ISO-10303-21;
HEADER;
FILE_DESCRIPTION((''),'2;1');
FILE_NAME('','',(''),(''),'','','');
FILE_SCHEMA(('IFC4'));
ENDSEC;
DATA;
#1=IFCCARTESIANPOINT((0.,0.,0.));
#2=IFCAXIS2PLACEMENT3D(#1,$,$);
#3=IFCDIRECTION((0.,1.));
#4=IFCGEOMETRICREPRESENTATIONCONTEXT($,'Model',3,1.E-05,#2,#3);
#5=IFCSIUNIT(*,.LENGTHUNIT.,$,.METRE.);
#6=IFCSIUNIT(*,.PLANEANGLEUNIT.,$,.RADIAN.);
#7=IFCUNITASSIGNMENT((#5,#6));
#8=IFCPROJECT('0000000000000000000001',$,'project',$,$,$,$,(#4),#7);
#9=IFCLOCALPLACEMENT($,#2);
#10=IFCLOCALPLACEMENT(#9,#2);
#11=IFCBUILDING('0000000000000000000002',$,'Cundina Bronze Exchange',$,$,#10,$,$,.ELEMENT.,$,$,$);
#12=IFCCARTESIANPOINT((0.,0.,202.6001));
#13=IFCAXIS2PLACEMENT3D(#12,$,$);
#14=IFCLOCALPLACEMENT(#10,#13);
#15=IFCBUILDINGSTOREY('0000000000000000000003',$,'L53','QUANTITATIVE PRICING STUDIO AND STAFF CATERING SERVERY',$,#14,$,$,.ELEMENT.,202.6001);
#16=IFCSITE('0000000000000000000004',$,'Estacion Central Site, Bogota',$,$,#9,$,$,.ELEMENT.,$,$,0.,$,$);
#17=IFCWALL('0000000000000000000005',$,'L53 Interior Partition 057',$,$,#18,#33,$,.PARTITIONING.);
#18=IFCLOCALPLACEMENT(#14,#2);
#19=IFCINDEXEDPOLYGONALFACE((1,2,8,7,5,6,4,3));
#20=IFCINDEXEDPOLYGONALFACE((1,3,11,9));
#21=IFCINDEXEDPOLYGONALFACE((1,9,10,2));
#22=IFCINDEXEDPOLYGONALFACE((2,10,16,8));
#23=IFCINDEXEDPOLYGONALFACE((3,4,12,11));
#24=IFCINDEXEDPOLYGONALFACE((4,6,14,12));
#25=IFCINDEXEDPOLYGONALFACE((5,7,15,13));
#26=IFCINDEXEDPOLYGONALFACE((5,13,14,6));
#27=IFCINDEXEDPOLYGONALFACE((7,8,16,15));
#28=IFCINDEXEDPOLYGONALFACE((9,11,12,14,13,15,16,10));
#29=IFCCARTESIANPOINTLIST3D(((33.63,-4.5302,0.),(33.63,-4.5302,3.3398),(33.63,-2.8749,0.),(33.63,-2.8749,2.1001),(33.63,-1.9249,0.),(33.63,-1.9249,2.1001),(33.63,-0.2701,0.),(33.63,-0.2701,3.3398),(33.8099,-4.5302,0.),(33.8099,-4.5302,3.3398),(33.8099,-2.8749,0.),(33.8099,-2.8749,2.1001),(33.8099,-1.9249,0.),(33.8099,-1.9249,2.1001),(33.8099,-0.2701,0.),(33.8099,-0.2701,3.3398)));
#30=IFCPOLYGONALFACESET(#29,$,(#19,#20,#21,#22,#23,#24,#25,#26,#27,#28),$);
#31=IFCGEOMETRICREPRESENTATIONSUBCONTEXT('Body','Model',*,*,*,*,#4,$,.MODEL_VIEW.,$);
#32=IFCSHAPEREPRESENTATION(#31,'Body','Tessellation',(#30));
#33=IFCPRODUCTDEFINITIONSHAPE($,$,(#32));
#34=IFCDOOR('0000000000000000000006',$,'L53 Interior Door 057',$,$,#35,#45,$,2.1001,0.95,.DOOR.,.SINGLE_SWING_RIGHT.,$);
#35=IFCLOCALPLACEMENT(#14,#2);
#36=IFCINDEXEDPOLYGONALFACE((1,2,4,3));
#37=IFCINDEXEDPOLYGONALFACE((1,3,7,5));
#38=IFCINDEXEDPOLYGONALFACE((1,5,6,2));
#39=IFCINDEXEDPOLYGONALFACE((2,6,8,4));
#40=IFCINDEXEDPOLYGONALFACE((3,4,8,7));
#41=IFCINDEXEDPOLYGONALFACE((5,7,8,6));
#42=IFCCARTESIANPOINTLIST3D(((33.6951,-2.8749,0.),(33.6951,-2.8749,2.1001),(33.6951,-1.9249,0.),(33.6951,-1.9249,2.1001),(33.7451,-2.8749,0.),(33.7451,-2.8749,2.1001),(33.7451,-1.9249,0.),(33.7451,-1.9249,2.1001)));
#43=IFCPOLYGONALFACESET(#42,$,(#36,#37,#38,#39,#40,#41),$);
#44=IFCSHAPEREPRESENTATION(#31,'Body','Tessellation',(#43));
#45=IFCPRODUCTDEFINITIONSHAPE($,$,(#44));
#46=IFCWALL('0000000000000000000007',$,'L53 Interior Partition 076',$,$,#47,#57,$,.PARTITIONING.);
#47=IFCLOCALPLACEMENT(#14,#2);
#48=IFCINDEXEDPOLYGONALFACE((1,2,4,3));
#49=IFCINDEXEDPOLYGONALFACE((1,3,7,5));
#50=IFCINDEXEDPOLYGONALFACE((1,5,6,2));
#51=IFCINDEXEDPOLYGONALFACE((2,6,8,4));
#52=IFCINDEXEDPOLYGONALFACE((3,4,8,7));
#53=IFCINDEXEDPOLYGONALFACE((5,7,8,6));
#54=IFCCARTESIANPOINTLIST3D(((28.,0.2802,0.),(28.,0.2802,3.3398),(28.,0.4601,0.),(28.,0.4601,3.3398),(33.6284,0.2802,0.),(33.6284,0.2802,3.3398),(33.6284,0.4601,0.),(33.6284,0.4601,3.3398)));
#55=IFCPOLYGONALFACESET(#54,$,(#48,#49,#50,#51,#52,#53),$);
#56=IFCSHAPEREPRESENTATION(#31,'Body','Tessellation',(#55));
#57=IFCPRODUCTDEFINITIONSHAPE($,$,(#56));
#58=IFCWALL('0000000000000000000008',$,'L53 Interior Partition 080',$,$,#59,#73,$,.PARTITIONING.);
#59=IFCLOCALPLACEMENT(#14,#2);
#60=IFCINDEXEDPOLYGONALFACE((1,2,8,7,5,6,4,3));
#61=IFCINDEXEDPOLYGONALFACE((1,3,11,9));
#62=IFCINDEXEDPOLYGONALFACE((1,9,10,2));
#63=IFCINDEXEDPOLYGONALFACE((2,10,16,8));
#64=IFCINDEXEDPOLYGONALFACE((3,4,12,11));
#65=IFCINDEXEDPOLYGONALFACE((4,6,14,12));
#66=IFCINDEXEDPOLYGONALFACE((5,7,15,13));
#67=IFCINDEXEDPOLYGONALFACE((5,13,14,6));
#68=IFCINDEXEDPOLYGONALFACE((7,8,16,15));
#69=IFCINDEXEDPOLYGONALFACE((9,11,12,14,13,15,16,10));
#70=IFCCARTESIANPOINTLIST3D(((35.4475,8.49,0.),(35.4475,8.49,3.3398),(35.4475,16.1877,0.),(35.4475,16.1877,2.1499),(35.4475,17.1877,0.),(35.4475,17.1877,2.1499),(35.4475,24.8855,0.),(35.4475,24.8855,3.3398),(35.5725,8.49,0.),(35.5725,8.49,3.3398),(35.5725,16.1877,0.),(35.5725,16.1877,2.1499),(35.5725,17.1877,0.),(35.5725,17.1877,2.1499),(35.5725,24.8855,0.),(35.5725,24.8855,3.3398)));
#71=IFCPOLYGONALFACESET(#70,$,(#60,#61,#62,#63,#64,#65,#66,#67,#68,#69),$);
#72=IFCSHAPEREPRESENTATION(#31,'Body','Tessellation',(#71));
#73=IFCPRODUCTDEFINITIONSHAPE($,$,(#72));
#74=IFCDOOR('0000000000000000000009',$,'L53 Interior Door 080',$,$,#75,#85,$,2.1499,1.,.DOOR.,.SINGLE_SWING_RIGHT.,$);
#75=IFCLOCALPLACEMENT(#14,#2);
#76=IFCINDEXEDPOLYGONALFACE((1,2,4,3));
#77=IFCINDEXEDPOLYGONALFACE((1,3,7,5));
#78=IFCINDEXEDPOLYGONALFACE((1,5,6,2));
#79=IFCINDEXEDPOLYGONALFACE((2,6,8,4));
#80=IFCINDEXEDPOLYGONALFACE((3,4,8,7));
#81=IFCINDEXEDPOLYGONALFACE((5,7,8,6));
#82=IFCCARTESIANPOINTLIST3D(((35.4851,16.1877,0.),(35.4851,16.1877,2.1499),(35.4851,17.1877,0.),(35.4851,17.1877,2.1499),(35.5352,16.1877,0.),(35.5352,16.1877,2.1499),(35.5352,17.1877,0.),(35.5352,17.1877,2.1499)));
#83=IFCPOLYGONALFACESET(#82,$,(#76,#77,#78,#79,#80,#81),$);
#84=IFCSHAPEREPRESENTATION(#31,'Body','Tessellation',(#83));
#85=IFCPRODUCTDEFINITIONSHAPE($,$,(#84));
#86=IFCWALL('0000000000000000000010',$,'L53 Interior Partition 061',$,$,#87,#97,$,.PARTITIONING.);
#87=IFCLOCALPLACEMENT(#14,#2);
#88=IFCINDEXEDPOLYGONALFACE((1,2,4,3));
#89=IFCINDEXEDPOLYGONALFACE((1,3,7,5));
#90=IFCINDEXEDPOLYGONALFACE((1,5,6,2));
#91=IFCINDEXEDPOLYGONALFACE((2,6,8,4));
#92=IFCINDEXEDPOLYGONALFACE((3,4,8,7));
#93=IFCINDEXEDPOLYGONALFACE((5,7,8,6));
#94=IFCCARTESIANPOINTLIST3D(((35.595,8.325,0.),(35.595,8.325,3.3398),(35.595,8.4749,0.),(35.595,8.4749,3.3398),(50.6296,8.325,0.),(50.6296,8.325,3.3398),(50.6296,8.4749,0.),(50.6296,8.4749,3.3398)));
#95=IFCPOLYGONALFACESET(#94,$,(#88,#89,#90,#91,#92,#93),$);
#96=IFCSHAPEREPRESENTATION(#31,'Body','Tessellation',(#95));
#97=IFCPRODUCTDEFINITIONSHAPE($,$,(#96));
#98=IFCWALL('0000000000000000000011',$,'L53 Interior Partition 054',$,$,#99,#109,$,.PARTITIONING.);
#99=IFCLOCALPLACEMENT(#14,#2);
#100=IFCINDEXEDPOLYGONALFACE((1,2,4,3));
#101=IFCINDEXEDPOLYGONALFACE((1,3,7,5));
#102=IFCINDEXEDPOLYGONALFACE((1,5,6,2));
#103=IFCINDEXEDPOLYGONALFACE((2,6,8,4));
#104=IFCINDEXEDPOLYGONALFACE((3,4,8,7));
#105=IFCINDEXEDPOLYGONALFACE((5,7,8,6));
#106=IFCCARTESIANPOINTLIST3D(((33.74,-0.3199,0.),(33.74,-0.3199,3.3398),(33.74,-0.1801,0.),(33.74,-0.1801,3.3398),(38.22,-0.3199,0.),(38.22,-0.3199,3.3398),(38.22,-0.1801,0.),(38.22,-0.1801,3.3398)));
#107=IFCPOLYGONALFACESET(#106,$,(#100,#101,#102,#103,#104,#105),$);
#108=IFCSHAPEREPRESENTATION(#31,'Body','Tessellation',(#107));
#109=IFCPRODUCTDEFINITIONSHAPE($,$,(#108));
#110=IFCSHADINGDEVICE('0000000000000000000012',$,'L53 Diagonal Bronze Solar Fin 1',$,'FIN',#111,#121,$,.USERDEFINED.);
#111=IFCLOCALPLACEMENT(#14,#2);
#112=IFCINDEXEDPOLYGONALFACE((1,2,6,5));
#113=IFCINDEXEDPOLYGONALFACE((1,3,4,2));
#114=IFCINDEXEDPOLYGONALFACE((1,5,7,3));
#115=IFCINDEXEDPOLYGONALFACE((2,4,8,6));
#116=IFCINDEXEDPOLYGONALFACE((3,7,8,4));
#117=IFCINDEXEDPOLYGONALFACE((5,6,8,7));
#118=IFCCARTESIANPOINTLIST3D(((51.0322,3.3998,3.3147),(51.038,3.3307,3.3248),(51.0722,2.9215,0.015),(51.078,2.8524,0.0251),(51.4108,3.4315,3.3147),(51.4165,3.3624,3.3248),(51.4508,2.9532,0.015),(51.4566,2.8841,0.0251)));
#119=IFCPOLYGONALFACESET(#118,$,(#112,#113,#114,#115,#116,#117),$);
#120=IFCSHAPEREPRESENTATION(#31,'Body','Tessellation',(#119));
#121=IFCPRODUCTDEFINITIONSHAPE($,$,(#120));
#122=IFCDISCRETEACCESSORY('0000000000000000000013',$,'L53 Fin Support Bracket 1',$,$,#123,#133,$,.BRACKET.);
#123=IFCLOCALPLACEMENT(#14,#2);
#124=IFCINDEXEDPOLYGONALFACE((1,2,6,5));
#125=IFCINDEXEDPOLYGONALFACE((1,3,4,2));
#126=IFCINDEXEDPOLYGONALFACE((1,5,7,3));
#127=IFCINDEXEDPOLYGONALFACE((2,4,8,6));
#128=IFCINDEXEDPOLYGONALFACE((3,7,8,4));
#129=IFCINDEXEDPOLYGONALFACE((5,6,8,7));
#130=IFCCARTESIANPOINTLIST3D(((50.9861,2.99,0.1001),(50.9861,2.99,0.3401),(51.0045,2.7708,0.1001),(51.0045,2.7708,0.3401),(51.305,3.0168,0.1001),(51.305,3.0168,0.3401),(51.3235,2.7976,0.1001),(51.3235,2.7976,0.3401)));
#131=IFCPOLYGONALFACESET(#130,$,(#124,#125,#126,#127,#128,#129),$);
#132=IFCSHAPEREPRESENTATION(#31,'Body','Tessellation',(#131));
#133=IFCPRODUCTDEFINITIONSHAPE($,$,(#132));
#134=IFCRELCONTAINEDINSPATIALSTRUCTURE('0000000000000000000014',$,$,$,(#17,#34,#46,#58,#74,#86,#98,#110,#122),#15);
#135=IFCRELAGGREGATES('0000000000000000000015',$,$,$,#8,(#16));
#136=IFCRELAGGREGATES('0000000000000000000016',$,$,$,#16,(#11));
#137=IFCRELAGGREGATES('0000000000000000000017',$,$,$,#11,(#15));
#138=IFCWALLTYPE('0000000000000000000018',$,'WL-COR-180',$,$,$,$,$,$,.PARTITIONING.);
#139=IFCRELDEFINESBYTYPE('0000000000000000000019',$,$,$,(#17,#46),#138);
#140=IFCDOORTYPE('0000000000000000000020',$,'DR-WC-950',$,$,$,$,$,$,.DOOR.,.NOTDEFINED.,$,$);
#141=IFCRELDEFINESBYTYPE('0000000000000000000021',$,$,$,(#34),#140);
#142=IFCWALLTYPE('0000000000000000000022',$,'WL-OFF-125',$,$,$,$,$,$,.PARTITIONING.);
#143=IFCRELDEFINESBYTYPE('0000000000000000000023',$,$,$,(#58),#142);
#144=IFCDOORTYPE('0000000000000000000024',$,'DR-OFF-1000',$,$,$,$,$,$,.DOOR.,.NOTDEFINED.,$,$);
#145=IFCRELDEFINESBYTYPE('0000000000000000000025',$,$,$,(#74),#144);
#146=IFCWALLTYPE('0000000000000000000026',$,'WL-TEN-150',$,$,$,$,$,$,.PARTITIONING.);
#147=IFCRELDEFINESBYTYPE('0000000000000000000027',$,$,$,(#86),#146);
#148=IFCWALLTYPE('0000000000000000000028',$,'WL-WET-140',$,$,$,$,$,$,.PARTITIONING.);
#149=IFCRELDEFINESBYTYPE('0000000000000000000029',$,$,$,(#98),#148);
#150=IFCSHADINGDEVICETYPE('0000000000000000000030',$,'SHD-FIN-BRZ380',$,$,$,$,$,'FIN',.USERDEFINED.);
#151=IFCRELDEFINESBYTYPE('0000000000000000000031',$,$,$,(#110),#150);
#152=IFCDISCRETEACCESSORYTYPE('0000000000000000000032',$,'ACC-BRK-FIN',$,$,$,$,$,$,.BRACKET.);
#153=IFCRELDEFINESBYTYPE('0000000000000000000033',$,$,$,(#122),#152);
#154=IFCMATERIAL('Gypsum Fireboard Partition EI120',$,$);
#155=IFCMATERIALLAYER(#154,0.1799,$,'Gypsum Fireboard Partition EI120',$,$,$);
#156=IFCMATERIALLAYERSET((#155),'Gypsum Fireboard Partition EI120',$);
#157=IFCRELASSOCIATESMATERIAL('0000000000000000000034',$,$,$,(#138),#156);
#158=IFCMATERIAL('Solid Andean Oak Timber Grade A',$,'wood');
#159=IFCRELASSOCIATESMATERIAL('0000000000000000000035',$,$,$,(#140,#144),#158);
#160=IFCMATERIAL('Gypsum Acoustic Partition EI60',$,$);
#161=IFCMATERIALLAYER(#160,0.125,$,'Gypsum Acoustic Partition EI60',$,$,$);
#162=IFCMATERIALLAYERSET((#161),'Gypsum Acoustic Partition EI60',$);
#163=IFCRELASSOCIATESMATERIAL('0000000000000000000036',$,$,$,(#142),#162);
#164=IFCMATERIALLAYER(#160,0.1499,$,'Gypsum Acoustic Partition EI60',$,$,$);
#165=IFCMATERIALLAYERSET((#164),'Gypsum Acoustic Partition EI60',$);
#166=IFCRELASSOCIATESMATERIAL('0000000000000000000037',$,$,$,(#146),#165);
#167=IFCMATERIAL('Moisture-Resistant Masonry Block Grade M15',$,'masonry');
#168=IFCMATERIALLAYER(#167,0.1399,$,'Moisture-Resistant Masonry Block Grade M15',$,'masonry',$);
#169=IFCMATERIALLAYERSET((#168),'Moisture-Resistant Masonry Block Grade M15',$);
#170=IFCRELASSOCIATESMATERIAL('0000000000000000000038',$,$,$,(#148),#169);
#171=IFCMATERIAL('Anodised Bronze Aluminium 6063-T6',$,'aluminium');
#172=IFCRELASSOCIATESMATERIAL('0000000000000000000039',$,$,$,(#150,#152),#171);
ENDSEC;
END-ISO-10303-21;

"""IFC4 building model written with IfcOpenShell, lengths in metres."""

from ifc_helpers import new_model, si_unit, direction, frame, frame_2d, origin, origin_2d, place, context, subcontext, project, spatial, rectangle, extrude, material, layer, layer_set, material_profile, profile_set, type_object, element, fill, save


model = new_model("IFC4")

# Units and contexts
model_context = context("Model", 3, precision=1e-05, world=origin(), true_north=direction((0.0, 1.0)))
body_context = subcontext(model_context, "Body", "Model", "MODEL_VIEW")
ifc_project = project(units=[si_unit("LENGTHUNIT", "METRE"), si_unit("PLANEANGLEUNIT", "RADIAN")], contexts=[model_context])

# Site, building, storey
site_placement = place(None, origin())
site = spatial("IfcSite", under=ifc_project, at=site_placement, Name="Estacion Central Site, Bogota", CompositionType="ELEMENT", RefElevation=0.0)
building_placement = place(site_placement, origin())
building = spatial("IfcBuilding", under=site, at=building_placement, Name="Cundina Bronze Exchange", CompositionType="ELEMENT")
storey_placement = place(building_placement, frame((0.0, 0.0, 202.6001)))
storey = spatial("IfcBuildingStorey", under=building, at=storey_placement, Name="L53", Description="QUANTITATIVE PRICING STUDIO AND STAFF CATERING SERVERY", CompositionType="ELEMENT", Elevation=202.6001)

# Shared definitions
ifc_material_1 = material(Name="Anodised Bronze Aluminium 6063-T6", Category="aluminium")

# Wall, opening, door
ifc_material_2 = material(Name="Gypsum Fireboard Partition EI120")
ifc_layer_1 = layer(ifc_material_2, 0.1799, Name="Gypsum Fireboard Partition EI120")
ifc_layer_set_1 = layer_set([ifc_layer_1], Name="Gypsum Fireboard Partition EI120")
wall_type_1 = type_object("IfcWallType", Name="WL-COR-180", PredefinedType="PARTITIONING", material=ifc_layer_set_1)
wall_1_placement = place(storey_placement, frame((33.72, -4.53, 0.0), z_axis=(0.0, 0.0, 1.0), x_axis=(0.0, 1.0, 0.0)))
wall_1 = element("IfcWall", 1, at=wall_1_placement, inside=storey, type_object=wall_type_1, Name="L53 Interior Partition 057", PredefinedType="PARTITIONING", context=body_context, shape_type="SweptSolid", body=[
    extrude(rectangle(XDim=4.26, YDim=0.1799, at=frame_2d((2.1299, 0.0))), origin(), (0.0, 0.0, 1.0), 3.3398),
])
opening_1_placement = place(wall_1_placement, frame((1.655, 0.0, 0.0)))
opening_1 = element("IfcOpeningElement", 2, at=opening_1_placement, cuts=wall_1, PredefinedType="OPENING", context=body_context, shape_type="SweptSolid", body=[
    extrude(rectangle(XDim=0.95, YDim=2.1001, at=frame_2d((0.4751, 1.05))), frame((0.0, 0.0999, 0.0), z_axis=(0.0, -1.0, 0.0), x_axis=(1.0, 0.0, 0.0)), (0.0, 0.0, 1.0), 0.2),
])
ifc_material_3 = material(Name="Solid Andean Oak Timber Grade A", Category="wood")
door_type_1 = type_object("IfcDoorType", Name="DR-WC-950", OperationType="NOTDEFINED", PredefinedType="DOOR", material=ifc_material_3)
door_1_placement = place(opening_1_placement, origin())
door_1 = element("IfcDoor", 3, at=door_1_placement, inside=storey, type_object=door_type_1, Name="L53 Interior Door 057", OperationType="SINGLE_SWING_RIGHT", OverallHeight=2.1001, OverallWidth=0.95, PredefinedType="DOOR", context=body_context, shape_type="SweptSolid", body=[
    extrude(rectangle(XDim=0.95, YDim=2.1001, at=frame_2d((0.4751, 1.05))), frame((0.0, 0.0249, 0.0), z_axis=(0.0, -1.0, 0.0), x_axis=(1.0, 0.0, 0.0)), (0.0, 0.0, 1.0), 0.05),
])
fill(opening_1, door_1)

# Wall
wall_2_placement = place(storey_placement, frame((33.6284, 0.3701, 0.0), z_axis=(0.0, 0.0, 1.0), x_axis=(-1.0, 0.0, 0.0)))
element("IfcWall", 4, at=wall_2_placement, inside=storey, type_object=wall_type_1, Name="L53 Interior Partition 076", PredefinedType="PARTITIONING", context=body_context, shape_type="SweptSolid", body=[
    extrude(rectangle(XDim=5.6284, YDim=0.1799, at=frame_2d((2.8142, 0.0))), origin(), (0.0, 0.0, 1.0), 3.3398),
])

# Wall, opening, door
ifc_material_4 = material(Name="Gypsum Acoustic Partition EI60")
ifc_layer_2 = layer(ifc_material_4, 0.125, Name="Gypsum Acoustic Partition EI60")
ifc_layer_set_2 = layer_set([ifc_layer_2], Name="Gypsum Acoustic Partition EI60")
wall_type_2 = type_object("IfcWallType", Name="WL-OFF-125", PredefinedType="PARTITIONING", material=ifc_layer_set_2)
wall_3_placement = place(storey_placement, frame((35.51, 8.49, 0.0), z_axis=(0.0, 0.0, 1.0), x_axis=(0.0, 1.0, 0.0)))
wall_3 = element("IfcWall", 5, at=wall_3_placement, inside=storey, type_object=wall_type_2, Name="L53 Interior Partition 080", PredefinedType="PARTITIONING", context=body_context, shape_type="SweptSolid", body=[
    extrude(rectangle(XDim=16.3955, YDim=0.125, at=frame_2d((8.1978, 0.0))), origin(), (0.0, 0.0, 1.0), 3.3398),
])
opening_2_placement = place(wall_3_placement, frame((7.6978, 0.0, 0.0)))
opening_2 = element("IfcOpeningElement", 6, at=opening_2_placement, cuts=wall_3, PredefinedType="OPENING", context=body_context, shape_type="SweptSolid", body=[
    extrude(rectangle(XDim=1.0, YDim=2.1499, at=frame_2d((0.5, 1.075))), frame((0.0, 0.0725, 0.0), z_axis=(0.0, -1.0, 0.0), x_axis=(1.0, 0.0, 0.0)), (0.0, 0.0, 1.0), 0.145),
])
door_type_2 = type_object("IfcDoorType", Name="DR-OFF-1000", OperationType="NOTDEFINED", PredefinedType="DOOR", material=ifc_material_3)
door_2_placement = place(opening_2_placement, origin())
door_2 = element("IfcDoor", 7, at=door_2_placement, inside=storey, type_object=door_type_2, Name="L53 Interior Door 080", OperationType="SINGLE_SWING_RIGHT", OverallHeight=2.1499, OverallWidth=1.0, PredefinedType="DOOR", context=body_context, shape_type="SweptSolid", body=[
    extrude(rectangle(XDim=1.0, YDim=2.1499, at=frame_2d((0.5, 1.075))), frame((0.0, 0.0249, 0.0), z_axis=(0.0, -1.0, 0.0), x_axis=(1.0, 0.0, 0.0)), (0.0, 0.0, 1.0), 0.05),
])
fill(opening_2, door_2)

# Walls
ifc_layer_3 = layer(ifc_material_4, 0.1499, Name="Gypsum Acoustic Partition EI60")
ifc_layer_set_3 = layer_set([ifc_layer_3], Name="Gypsum Acoustic Partition EI60")
wall_type_3 = type_object("IfcWallType", Name="WL-TEN-150", PredefinedType="PARTITIONING", material=ifc_layer_set_3)
wall_4_placement = place(storey_placement, frame((35.595, 8.3999, 0.0), z_axis=(0.0, 0.0, 1.0), x_axis=(1.0, 0.0, 0.0)))
element("IfcWall", 8, at=wall_4_placement, inside=storey, type_object=wall_type_3, Name="L53 Interior Partition 061", PredefinedType="PARTITIONING", context=body_context, shape_type="SweptSolid", body=[
    extrude(rectangle(XDim=15.0347, YDim=0.1499, at=frame_2d((7.5173, 0.0))), origin(), (0.0, 0.0, 1.0), 3.3398),
])
ifc_material_5 = material(Name="Moisture-Resistant Masonry Block Grade M15", Category="masonry")
ifc_layer_4 = layer(ifc_material_5, 0.1399, Name="Moisture-Resistant Masonry Block Grade M15", Category="masonry")
ifc_layer_set_4 = layer_set([ifc_layer_4], Name="Moisture-Resistant Masonry Block Grade M15")
wall_type_4 = type_object("IfcWallType", Name="WL-WET-140", PredefinedType="PARTITIONING", material=ifc_layer_set_4)
wall_5_placement = place(storey_placement, frame((33.74, -0.25, 0.0), z_axis=(0.0, 0.0, 1.0), x_axis=(1.0, 0.0, 0.0)))
element("IfcWall", 9, at=wall_5_placement, inside=storey, type_object=wall_type_4, Name="L53 Interior Partition 054", PredefinedType="PARTITIONING", context=body_context, shape_type="SweptSolid", body=[
    extrude(rectangle(XDim=4.48, YDim=0.1399, at=frame_2d((2.24, 0.0))), origin(), (0.0, 0.0, 1.0), 3.3398),
])

# Shading device
ifc_material_profile_1 = material_profile(ifc_material_1, rectangle(XDim=0.0701, YDim=0.3799, at=origin_2d()), Name="FIN70X380", Category="aluminium")
ifc_profile_set_1 = profile_set([ifc_material_profile_1], Name="Anodised Bronze Aluminium 6063-T6")
shading_device_type = type_object("IfcShadingDeviceType", Name="SHD-FIN-BRZ380", ElementType="FIN", PredefinedType="USERDEFINED", material=ifc_profile_set_1)
shading_device_placement = place(storey_placement, frame((51.2644, 2.9028, 0.02), z_axis=(-0.012007, 0.14343, 0.989588), x_axis=(0.082556, -0.986138, 0.143932)))
element("IfcShadingDevice", 10, at=shading_device_placement, inside=storey, type_object=shading_device_type, Name="L53 Diagonal Bronze Solar Fin 1", ObjectType="FIN", PredefinedType="USERDEFINED", context=body_context, shape_type="SweptSolid", body=[
    extrude(rectangle(XDim=0.0701, YDim=0.3799, at=origin_2d()), origin(), (0.0, 0.0, 1.0), 3.3345),
])

# Discrete accessory
discrete_accessory_type = type_object("IfcDiscreteAccessoryType", Name="ACC-BRK-FIN", PredefinedType="BRACKET", material=ifc_material_1)
discrete_accessory_placement = place(storey_placement, frame((51.1548, 2.8938, 0.1001), z_axis=(0.0, 0.0, 1.0), x_axis=(-0.083747, 0.996487, 0.0)))
element("IfcDiscreteAccessory", 11, at=discrete_accessory_placement, inside=storey, type_object=discrete_accessory_type, Name="L53 Fin Support Bracket 1", PredefinedType="BRACKET", context=body_context, shape_type="SweptSolid", body=[
    extrude(rectangle(XDim=0.22, YDim=0.3201, at=origin_2d()), origin(), (0.0, 0.0, 1.0), 0.24),
])

save(model, "model.ifc")
